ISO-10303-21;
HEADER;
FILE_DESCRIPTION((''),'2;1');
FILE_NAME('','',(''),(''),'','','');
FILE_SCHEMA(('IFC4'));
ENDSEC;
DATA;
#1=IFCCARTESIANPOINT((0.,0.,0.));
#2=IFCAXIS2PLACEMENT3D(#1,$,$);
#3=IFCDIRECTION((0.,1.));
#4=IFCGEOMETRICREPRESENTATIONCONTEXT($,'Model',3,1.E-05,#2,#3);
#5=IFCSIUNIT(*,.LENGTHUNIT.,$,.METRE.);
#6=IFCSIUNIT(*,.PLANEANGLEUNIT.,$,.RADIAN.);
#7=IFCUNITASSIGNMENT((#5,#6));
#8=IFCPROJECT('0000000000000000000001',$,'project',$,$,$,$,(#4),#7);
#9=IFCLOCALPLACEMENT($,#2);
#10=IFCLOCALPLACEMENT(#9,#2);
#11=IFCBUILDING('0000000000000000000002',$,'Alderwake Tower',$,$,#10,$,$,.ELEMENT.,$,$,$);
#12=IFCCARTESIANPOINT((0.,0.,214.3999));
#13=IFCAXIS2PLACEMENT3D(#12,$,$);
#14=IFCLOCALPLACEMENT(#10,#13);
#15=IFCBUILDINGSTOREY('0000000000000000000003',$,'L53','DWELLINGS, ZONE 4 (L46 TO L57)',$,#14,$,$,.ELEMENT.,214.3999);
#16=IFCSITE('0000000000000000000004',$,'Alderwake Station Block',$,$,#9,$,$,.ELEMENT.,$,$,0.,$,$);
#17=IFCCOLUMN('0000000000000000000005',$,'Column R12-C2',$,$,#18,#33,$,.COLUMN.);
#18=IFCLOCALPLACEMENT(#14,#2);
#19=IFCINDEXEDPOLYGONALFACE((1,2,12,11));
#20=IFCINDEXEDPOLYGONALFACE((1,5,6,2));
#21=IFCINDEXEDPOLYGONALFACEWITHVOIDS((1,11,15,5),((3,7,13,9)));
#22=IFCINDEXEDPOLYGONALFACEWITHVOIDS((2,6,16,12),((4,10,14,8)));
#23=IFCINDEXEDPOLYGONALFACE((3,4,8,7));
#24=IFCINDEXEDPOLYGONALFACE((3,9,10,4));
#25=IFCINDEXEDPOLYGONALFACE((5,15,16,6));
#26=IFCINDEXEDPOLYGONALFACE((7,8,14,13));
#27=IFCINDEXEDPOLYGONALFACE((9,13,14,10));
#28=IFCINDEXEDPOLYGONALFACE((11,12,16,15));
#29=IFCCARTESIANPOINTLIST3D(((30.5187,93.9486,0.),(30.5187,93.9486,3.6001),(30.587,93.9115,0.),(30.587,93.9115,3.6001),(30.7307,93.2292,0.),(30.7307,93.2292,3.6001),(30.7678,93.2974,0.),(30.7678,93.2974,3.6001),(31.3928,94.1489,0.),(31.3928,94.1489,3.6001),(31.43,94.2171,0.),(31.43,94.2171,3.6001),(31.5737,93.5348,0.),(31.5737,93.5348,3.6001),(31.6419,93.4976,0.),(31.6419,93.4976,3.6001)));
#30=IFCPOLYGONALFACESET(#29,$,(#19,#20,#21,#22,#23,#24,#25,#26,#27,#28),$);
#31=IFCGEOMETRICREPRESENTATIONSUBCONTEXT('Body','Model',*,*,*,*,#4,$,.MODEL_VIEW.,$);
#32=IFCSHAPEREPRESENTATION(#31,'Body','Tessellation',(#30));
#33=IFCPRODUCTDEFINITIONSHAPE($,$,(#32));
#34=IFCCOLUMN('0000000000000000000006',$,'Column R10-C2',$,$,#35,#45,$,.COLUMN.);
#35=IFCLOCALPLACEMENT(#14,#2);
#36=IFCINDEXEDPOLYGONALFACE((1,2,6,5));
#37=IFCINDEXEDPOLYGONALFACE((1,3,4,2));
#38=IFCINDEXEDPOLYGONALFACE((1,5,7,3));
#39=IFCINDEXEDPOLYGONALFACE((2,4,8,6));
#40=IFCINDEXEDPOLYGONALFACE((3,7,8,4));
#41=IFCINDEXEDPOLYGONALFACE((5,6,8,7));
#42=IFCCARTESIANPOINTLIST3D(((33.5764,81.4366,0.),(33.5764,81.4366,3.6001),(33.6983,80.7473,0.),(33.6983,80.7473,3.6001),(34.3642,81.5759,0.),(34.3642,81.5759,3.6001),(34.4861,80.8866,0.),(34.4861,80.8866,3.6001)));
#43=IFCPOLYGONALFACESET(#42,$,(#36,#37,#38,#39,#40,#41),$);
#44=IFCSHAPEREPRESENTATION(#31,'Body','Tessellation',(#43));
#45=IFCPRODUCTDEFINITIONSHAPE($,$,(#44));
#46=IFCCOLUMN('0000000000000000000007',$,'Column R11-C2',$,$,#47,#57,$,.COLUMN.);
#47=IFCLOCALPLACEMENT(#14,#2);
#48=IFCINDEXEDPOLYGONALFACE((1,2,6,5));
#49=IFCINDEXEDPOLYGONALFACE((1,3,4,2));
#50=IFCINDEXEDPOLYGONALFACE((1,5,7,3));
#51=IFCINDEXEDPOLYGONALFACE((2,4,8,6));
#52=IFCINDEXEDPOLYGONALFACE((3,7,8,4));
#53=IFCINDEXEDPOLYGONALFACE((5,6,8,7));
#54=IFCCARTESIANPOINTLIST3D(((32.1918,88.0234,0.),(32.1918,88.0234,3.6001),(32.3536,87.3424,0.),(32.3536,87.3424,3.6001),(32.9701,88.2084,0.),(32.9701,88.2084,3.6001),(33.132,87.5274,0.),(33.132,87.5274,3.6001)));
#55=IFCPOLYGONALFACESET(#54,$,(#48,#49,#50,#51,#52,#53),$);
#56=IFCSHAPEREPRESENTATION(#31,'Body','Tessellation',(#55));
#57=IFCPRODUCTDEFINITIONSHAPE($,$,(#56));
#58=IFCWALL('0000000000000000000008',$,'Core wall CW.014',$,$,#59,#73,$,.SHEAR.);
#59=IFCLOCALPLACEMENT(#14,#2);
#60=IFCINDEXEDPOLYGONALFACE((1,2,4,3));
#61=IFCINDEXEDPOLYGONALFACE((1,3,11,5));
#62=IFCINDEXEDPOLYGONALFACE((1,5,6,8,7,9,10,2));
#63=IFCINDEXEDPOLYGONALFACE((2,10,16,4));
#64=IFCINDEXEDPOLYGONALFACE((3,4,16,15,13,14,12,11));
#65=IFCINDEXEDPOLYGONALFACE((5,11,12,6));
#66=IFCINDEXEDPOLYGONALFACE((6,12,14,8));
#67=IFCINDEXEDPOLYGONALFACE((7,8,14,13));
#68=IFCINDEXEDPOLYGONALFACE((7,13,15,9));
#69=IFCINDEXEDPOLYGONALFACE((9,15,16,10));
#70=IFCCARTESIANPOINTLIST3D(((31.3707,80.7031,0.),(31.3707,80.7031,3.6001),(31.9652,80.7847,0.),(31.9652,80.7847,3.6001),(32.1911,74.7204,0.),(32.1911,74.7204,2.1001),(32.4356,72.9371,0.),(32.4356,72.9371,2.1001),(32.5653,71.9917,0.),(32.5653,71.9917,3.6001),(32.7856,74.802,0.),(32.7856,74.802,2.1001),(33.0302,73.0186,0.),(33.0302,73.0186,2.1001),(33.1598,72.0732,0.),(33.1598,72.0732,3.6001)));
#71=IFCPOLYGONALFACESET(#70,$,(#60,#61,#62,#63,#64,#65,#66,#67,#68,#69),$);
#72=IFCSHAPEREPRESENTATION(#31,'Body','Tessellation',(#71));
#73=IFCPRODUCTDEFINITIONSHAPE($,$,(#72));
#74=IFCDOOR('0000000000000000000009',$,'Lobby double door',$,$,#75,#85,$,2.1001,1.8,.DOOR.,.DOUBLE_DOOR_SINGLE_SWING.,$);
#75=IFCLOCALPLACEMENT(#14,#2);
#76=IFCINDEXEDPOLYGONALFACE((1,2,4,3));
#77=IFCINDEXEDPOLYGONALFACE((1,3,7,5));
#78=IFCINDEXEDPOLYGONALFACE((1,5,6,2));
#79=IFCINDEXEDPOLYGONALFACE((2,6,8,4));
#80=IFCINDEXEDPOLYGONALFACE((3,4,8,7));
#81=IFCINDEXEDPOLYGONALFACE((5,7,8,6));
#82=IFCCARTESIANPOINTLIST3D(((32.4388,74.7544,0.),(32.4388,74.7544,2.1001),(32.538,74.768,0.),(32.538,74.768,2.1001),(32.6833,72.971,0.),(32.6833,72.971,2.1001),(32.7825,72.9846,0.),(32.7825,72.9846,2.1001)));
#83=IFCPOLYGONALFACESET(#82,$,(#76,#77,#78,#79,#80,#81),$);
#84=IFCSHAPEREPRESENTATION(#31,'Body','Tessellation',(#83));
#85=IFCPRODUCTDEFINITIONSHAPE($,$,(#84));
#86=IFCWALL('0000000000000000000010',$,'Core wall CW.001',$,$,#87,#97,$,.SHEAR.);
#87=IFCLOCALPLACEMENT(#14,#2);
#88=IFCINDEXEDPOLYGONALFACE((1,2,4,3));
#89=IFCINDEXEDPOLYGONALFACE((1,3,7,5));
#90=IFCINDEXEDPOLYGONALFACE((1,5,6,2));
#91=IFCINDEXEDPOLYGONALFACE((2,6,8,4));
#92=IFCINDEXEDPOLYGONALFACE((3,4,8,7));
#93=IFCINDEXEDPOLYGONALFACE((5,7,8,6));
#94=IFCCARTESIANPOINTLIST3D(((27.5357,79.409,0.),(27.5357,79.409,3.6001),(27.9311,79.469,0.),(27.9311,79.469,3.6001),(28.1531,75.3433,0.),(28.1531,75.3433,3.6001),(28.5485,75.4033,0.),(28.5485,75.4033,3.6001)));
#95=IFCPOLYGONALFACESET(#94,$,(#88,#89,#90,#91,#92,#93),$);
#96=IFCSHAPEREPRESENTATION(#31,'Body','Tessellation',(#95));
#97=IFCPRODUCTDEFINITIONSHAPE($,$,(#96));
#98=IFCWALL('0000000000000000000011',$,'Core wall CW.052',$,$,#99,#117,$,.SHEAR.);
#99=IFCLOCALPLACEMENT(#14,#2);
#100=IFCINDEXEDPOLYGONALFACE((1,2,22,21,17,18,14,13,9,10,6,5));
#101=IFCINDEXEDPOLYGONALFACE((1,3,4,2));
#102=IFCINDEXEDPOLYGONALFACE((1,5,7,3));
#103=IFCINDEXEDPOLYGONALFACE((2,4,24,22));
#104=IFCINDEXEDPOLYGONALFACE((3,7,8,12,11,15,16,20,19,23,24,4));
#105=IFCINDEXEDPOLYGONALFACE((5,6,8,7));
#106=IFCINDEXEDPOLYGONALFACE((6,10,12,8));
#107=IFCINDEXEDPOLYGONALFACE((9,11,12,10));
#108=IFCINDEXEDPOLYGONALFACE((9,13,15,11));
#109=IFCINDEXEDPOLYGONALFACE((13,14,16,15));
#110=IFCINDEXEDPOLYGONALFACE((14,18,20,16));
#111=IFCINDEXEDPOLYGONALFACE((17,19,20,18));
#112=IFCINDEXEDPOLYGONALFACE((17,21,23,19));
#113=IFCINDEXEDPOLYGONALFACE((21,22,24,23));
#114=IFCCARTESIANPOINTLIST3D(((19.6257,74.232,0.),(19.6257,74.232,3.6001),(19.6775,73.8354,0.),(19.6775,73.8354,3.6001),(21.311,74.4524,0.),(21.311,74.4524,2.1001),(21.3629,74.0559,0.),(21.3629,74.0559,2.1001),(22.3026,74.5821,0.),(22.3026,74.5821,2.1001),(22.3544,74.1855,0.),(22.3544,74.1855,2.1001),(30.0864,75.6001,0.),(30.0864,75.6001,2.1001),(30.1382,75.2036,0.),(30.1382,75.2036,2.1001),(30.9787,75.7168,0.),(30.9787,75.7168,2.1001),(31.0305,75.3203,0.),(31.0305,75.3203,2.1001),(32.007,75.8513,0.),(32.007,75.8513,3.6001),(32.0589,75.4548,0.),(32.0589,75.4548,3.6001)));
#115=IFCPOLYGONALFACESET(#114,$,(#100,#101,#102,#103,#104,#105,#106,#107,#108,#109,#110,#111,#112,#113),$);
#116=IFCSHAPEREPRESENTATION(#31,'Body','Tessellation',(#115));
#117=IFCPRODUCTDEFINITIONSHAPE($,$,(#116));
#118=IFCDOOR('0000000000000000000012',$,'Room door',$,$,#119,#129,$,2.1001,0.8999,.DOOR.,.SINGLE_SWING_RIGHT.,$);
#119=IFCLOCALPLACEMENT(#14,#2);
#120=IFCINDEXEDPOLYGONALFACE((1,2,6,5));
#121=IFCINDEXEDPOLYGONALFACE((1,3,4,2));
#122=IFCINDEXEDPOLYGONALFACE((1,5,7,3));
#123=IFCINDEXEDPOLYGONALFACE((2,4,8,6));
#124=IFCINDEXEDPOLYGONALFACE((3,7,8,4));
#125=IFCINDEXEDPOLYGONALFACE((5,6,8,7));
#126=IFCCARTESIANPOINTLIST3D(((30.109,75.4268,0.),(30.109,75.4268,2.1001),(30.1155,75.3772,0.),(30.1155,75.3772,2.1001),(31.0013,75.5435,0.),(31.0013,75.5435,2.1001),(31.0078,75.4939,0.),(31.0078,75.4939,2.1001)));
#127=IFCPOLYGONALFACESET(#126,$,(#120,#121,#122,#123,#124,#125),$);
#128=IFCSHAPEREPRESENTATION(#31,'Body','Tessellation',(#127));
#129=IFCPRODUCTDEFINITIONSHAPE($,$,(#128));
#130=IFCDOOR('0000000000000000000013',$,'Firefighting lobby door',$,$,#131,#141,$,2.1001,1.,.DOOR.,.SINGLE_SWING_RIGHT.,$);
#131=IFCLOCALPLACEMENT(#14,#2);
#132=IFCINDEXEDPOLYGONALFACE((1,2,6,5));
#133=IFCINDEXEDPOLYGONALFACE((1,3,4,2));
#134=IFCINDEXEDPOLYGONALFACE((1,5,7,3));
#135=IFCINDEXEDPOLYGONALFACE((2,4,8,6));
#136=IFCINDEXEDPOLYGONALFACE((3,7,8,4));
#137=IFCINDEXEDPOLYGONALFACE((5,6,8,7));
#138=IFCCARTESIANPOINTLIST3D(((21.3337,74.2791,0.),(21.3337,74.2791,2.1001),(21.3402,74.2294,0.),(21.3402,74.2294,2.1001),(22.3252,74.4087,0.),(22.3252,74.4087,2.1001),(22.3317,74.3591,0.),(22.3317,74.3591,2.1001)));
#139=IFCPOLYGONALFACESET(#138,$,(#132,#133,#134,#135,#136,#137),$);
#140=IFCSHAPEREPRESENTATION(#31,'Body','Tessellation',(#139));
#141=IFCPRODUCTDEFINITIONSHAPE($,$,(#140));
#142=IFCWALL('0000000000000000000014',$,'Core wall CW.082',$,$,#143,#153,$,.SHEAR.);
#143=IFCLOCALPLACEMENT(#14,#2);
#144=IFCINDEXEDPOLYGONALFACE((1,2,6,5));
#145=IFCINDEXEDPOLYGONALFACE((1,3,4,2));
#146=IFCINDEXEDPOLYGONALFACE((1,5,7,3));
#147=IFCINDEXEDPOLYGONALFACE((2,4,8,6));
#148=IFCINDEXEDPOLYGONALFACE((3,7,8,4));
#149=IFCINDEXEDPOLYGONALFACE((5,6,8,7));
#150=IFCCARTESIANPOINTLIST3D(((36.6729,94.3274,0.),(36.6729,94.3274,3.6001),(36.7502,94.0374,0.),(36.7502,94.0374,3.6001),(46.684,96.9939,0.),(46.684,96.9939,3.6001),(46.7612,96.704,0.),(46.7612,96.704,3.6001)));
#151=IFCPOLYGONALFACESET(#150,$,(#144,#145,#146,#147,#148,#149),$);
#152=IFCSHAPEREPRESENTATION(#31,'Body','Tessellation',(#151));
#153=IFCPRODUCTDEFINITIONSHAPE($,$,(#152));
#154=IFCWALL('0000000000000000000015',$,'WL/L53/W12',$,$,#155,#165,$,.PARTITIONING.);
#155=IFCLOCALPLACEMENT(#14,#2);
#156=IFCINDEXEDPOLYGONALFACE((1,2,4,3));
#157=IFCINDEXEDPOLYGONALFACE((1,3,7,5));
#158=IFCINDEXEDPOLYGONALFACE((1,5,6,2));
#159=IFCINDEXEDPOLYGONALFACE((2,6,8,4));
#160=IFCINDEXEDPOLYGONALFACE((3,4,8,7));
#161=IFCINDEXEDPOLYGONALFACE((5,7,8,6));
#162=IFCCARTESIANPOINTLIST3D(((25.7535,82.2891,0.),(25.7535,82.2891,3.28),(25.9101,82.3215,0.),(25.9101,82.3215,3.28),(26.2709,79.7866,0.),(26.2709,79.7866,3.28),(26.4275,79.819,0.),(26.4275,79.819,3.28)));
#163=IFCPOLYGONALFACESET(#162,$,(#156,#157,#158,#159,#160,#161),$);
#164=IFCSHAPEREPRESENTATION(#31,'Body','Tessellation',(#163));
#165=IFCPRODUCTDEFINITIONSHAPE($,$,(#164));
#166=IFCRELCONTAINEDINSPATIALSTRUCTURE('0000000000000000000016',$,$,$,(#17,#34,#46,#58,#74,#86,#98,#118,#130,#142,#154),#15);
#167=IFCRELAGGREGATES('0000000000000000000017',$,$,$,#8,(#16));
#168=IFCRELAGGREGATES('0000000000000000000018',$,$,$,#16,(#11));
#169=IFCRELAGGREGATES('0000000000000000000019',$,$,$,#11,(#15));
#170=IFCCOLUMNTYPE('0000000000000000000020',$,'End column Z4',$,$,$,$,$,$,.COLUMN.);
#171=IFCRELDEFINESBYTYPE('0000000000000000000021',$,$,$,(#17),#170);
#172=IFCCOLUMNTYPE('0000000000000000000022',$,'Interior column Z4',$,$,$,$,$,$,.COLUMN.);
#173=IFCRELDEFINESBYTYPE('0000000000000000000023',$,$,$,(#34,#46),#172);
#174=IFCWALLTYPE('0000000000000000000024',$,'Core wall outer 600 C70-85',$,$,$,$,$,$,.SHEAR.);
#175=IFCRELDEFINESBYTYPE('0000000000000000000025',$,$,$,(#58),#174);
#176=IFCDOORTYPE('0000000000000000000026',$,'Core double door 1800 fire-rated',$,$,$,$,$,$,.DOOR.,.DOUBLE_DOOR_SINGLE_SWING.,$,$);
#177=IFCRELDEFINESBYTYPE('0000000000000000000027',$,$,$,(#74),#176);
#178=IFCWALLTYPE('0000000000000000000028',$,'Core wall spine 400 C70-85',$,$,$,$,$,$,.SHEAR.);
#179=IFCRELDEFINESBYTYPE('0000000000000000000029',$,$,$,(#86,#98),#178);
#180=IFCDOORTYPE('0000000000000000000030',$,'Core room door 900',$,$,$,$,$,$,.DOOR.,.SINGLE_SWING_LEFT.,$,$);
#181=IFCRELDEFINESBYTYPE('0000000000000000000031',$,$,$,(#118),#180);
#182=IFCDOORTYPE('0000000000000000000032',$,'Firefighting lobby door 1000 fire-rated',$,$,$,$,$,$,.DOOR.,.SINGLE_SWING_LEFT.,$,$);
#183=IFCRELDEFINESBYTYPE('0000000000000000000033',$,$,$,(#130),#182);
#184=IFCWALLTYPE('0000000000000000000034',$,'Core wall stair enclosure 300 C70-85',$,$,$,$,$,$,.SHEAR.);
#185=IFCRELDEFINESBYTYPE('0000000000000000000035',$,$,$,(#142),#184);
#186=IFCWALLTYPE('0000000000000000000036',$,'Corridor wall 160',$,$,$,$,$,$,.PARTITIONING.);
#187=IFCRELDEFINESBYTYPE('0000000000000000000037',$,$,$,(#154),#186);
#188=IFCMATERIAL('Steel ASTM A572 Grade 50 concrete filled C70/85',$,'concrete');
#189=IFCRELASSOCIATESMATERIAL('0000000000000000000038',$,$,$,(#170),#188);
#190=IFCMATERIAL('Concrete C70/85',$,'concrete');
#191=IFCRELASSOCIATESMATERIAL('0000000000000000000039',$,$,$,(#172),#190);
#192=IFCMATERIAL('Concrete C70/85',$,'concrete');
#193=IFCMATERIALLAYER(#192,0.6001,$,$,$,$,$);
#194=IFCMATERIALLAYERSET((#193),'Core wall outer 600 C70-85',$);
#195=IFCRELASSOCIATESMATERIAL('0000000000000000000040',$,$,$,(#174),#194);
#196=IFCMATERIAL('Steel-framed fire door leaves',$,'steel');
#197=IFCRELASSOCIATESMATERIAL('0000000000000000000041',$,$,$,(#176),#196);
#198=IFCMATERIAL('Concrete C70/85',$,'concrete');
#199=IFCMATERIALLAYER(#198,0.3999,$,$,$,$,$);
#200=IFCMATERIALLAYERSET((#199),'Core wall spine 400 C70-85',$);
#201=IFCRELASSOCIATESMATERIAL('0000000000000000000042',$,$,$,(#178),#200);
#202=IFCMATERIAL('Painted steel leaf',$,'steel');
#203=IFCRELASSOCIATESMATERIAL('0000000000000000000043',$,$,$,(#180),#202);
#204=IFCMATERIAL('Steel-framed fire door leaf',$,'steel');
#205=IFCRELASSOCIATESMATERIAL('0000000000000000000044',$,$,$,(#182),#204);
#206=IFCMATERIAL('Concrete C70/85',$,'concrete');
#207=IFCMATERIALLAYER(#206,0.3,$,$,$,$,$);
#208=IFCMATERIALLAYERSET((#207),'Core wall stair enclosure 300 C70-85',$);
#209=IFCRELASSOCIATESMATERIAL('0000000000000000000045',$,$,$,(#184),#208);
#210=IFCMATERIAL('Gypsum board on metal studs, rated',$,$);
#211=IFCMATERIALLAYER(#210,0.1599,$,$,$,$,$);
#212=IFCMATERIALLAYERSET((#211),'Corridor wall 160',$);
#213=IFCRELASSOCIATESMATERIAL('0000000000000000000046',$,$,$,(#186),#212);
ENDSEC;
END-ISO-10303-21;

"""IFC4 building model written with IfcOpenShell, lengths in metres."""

from ifc_helpers import new_model, si_unit, direction, frame, frame_2d, origin, origin_2d, place, context, subcontext, project, spatial, rectangle, hollow_rectangle, extrude, material, layer, layer_set, material_profile, profile_set, type_object, element, fill, save


model = new_model("IFC4")

# Units and contexts
model_context = context("Model", 3, precision=1e-05, world=origin(), true_north=direction((0.0, 1.0)))
body_context = subcontext(model_context, "Body", "Model", "MODEL_VIEW")
ifc_project = project(units=[si_unit("LENGTHUNIT", "METRE"), si_unit("PLANEANGLEUNIT", "RADIAN")], contexts=[model_context])

# Site, building, storey
site_placement = place(None, origin())
site = spatial("IfcSite", under=ifc_project, at=site_placement, Name="Alderwake Station Block", CompositionType="ELEMENT", RefElevation=0.0)
building_placement = place(site_placement, origin())
building = spatial("IfcBuilding", under=site, at=building_placement, Name="Alderwake Tower", CompositionType="ELEMENT")
storey_placement = place(building_placement, frame((0.0, 0.0, 214.3999)))
storey = spatial("IfcBuildingStorey", under=building, at=storey_placement, Name="L53", Description="DWELLINGS, ZONE 4 (L46 TO L57)", CompositionType="ELEMENT", Elevation=214.3999)

# Columns
ifc_material_1 = material(Name="Steel ASTM A572 Grade 50 concrete filled C70/85", Category="concrete")
ifc_material_profile_1 = material_profile(ifc_material_1, hollow_rectangle(XDim=0.75, YDim=0.95, WallThickness=0.0549, at=origin_2d()), Name="BOX 950X750X55")
ifc_profile_set_1 = profile_set([ifc_material_profile_1], Name="Steel ASTM A572 Grade 50 concrete filled C70/85")
column_type_1 = type_object("IfcColumnType", Name="End column Z4", PredefinedType="COLUMN", material=ifc_profile_set_1)
column_placement = place(storey_placement, frame((31.0803, 93.7231, 0.0), z_axis=(0.0, 0.0, 1.0), x_axis=(-0.282583, 0.959243, 0.0)))
element("IfcColumn", 1, at=column_placement, inside=storey, type_object=column_type_1, Name="Column R12-C2", PredefinedType="COLUMN", context=body_context, shape_type="SweptSolid", body=[
    extrude(hollow_rectangle(XDim=0.75, YDim=0.95, WallThickness=0.0549, at=origin_2d()), origin(), (0.0, 0.0, 1.0), 3.6001),
])
ifc_material_2 = material(Name="Concrete C70/85", Category="concrete")
ifc_material_profile_2 = material_profile(ifc_material_2, rectangle(XDim=0.7, YDim=0.8, at=origin_2d()), Name="RC 800X700")
ifc_profile_set_2 = profile_set([ifc_material_profile_2], Name="Concrete C70/85")
column_type_2 = type_object("IfcColumnType", Name="Interior column Z4", PredefinedType="COLUMN", material=ifc_profile_set_2)
for number, where, z_axis, x_axis, name in (
    (2, (34.0312, 81.1616, 0.0), (0.0, 0.0, 1.0), (-0.174109, 0.984726, 0.0), "Column R10-C2"),
    (3, (32.6619, 87.7754, 0.0), (0.0, 0.0, 1.0), (-0.231222, 0.972901, 0.0), "Column R11-C2"),
):
    element("IfcColumn", number, at=place(storey_placement, frame(where, z_axis=z_axis, x_axis=x_axis)), inside=storey, type_object=column_type_2, Name=name, PredefinedType="COLUMN", context=body_context, shape_type="SweptSolid", body=[
        extrude(rectangle(XDim=0.7, YDim=0.8, at=origin_2d()), origin(), (0.0, 0.0, 1.0), 3.6001),
    ])

# Wall, opening, door
ifc_material_3 = material(Name="Concrete C70/85", Category="concrete")
ifc_layer_1 = layer(ifc_material_3, 0.6001)
ifc_layer_set_1 = layer_set([ifc_layer_1], Name="Core wall outer 600 C70-85")
wall_type_1 = type_object("IfcWallType", Name="Core wall outer 600 C70-85", PredefinedType="SHEAR", material=ifc_layer_set_1)
wall_1_placement = place(storey_placement, frame((31.668, 80.7439, 0.0), z_axis=(0.0, 0.0, 1.0), x_axis=(0.135857, -0.990729, 0.0)))
wall_1 = element("IfcWall", 4, at=wall_1_placement, inside=storey, type_object=wall_type_1, Name="Core wall CW.014", PredefinedType="SHEAR", context=body_context, shape_type="SweptSolid", body=[
    extrude(rectangle(XDim=8.793, YDim=0.6001, at=frame_2d((4.3965, 0.0))), origin(), (0.0, 0.0, 1.0), 3.6001),
])
opening_1_placement = place(wall_1_placement, frame((6.0388, 0.0, 0.0)))
opening_1 = element("IfcOpeningElement", 5, at=opening_1_placement, cuts=wall_1, PredefinedType="OPENING", context=body_context, shape_type="SweptSolid", body=[
    extrude(rectangle(XDim=1.8, YDim=2.1001, at=frame_2d((0.8999, 1.05))), frame((0.0, 0.3101, 0.0), z_axis=(0.0, -1.0, 0.0), x_axis=(1.0, 0.0, 0.0)), (0.0, 0.0, 1.0), 0.6201),
])
ifc_material_4 = material(Name="Steel-framed fire door leaves", Category="steel")
door_type_1 = type_object("IfcDoorType", Name="Core double door 1800 fire-rated", OperationType="DOUBLE_DOOR_SINGLE_SWING", PredefinedType="DOOR", material=ifc_material_4)
door_1_placement = place(opening_1_placement, origin())
door_1 = element("IfcDoor", 6, at=door_1_placement, inside=storey, type_object=door_type_1, Name="Lobby double door", OperationType="DOUBLE_DOOR_SINGLE_SWING", OverallHeight=2.1001, OverallWidth=1.8, PredefinedType="DOOR", context=body_context, shape_type="SweptSolid", body=[
    extrude(rectangle(XDim=1.8, YDim=2.1001, at=frame_2d((0.8999, 1.05))), frame((0.0, 0.05, 0.0), z_axis=(0.0, -1.0, 0.0), x_axis=(1.0, 0.0, 0.0)), (0.0, 0.0, 1.0), 0.1001),
])
fill(opening_1, door_1)

# Wall
ifc_material_5 = material(Name="Concrete C70/85", Category="concrete")
ifc_layer_2 = layer(ifc_material_5, 0.3999)
ifc_layer_set_2 = layer_set([ifc_layer_2], Name="Core wall spine 400 C70-85")
wall_type_2 = type_object("IfcWallType", Name="Core wall spine 400 C70-85", PredefinedType="SHEAR", material=ifc_layer_set_2)
wall_2_placement = place(storey_placement, frame((28.3508, 75.3733, 0.0), z_axis=(0.0, 0.0, 1.0), x_axis=(-0.150143, 0.988664, 0.0)))
element("IfcWall", 7, at=wall_2_placement, inside=storey, type_object=wall_type_2, Name="Core wall CW.001", PredefinedType="SHEAR", context=body_context, shape_type="SweptSolid", body=[
    extrude(rectangle(XDim=4.1123, YDim=0.3999, at=frame_2d((2.0562, 0.0))), origin(), (0.0, 0.0, 1.0), 3.6001),
])

# Wall, openings, doors
wall_3_placement = place(storey_placement, frame((32.033, 75.6531, 0.0), z_axis=(0.0, 0.0, 1.0), x_axis=(-0.991555, -0.129688, 0.0)))
wall_3 = element("IfcWall", 8, at=wall_3_placement, inside=storey, type_object=wall_type_2, Name="Core wall CW.052", PredefinedType="SHEAR", context=body_context, shape_type="SweptSolid", body=[
    extrude(rectangle(XDim=12.4868, YDim=0.3999, at=frame_2d((6.2434, 0.0))), origin(), (0.0, 0.0, 1.0), 3.6001),
])
opening_2_placement = place(wall_3_placement, frame((9.7871, 0.0, 0.0)))
opening_2 = element("IfcOpeningElement", 9, at=opening_2_placement, cuts=wall_3, PredefinedType="OPENING", context=body_context, shape_type="SweptSolid", body=[
    extrude(rectangle(XDim=1.0, YDim=2.1001, at=frame_2d((0.5, 1.05))), frame((0.0, 0.21, 0.0), z_axis=(0.0, -1.0, 0.0), x_axis=(1.0, 0.0, 0.0)), (0.0, 0.0, 1.0), 0.4199),
])
opening_3_placement = place(wall_3_placement, frame((1.0371, 0.0, 0.0)))
opening_3 = element("IfcOpeningElement", 10, at=opening_3_placement, cuts=wall_3, PredefinedType="OPENING", context=body_context, shape_type="SweptSolid", body=[
    extrude(rectangle(XDim=0.8999, YDim=2.1001, at=frame_2d((0.45, 1.05))), frame((0.0, 0.21, 0.0), z_axis=(0.0, -1.0, 0.0), x_axis=(1.0, 0.0, 0.0)), (0.0, 0.0, 1.0), 0.4199),
])
ifc_material_6 = material(Name="Painted steel leaf", Category="steel")
door_type_2 = type_object("IfcDoorType", Name="Core room door 900", OperationType="SINGLE_SWING_LEFT", PredefinedType="DOOR", material=ifc_material_6)
door_2_placement = place(opening_3_placement, origin())
door_2 = element("IfcDoor", 11, at=door_2_placement, inside=storey, type_object=door_type_2, Name="Room door", OperationType="SINGLE_SWING_RIGHT", OverallHeight=2.1001, OverallWidth=0.8999, PredefinedType="DOOR", context=body_context, shape_type="SweptSolid", body=[
    extrude(rectangle(XDim=0.8999, YDim=2.1001, at=frame_2d((0.45, 1.05))), frame((0.0, 0.0249, 0.0), z_axis=(0.0, -1.0, 0.0), x_axis=(1.0, 0.0, 0.0)), (0.0, 0.0, 1.0), 0.05),
])
fill(opening_3, door_2)
ifc_material_7 = material(Name="Steel-framed fire door leaf", Category="steel")
door_type_3 = type_object("IfcDoorType", Name="Firefighting lobby door 1000 fire-rated", OperationType="SINGLE_SWING_LEFT", PredefinedType="DOOR", material=ifc_material_7)
door_3_placement = place(opening_2_placement, origin())
door_3 = element("IfcDoor", 12, at=door_3_placement, inside=storey, type_object=door_type_3, Name="Firefighting lobby door", OperationType="SINGLE_SWING_RIGHT", OverallHeight=2.1001, OverallWidth=1.0, PredefinedType="DOOR", context=body_context, shape_type="SweptSolid", body=[
    extrude(rectangle(XDim=1.0, YDim=2.1001, at=frame_2d((0.5, 1.05))), frame((0.0, 0.0249, 0.0), z_axis=(0.0, -1.0, 0.0), x_axis=(1.0, 0.0, 0.0)), (0.0, 0.0, 1.0), 0.05),
])
fill(opening_2, door_3)

# Walls
ifc_material_8 = material(Name="Concrete C70/85", Category="concrete")
ifc_layer_3 = layer(ifc_material_8, 0.3)
ifc_layer_set_3 = layer_set([ifc_layer_3], Name="Core wall stair enclosure 300 C70-85")
wall_type_3 = type_object("IfcWallType", Name="Core wall stair enclosure 300 C70-85", PredefinedType="SHEAR", material=ifc_layer_set_3)
wall_4_placement = place(storey_placement, frame((36.7114, 94.1824, 0.0), z_axis=(0.0, 0.0, 1.0), x_axis=(0.966309, 0.257384, 0.0)))
element("IfcWall", 13, at=wall_4_placement, inside=storey, type_object=wall_type_3, Name="Core wall CW.082", PredefinedType="SHEAR", context=body_context, shape_type="SweptSolid", body=[
    extrude(rectangle(XDim=10.3601, YDim=0.3, at=frame_2d((5.1802, 0.0))), origin(), (0.0, 0.0, 1.0), 3.6001),
])
ifc_material_9 = material(Name="Gypsum board on metal studs, rated")
ifc_layer_4 = layer(ifc_material_9, 0.1599)
ifc_layer_set_4 = layer_set([ifc_layer_4], Name="Corridor wall 160")
wall_type_4 = type_object("IfcWallType", Name="Corridor wall 160", PredefinedType="PARTITIONING", material=ifc_layer_set_4)
wall_5_placement = place(storey_placement, frame((25.8318, 82.3054, 0.0), z_axis=(0.0, 0.0, 1.0), x_axis=(0.202451, -0.979292, 0.0)))
element("IfcWall", 14, at=wall_5_placement, inside=storey, type_object=wall_type_4, Name="WL/L53/W12", PredefinedType="PARTITIONING", context=body_context, shape_type="SweptSolid", body=[
    extrude(rectangle(XDim=2.5554, YDim=0.1599, at=frame_2d((1.2778, 0.0))), origin(), (0.0, 0.0, 1.0), 3.28),
])

save(model, "model.ifc")
